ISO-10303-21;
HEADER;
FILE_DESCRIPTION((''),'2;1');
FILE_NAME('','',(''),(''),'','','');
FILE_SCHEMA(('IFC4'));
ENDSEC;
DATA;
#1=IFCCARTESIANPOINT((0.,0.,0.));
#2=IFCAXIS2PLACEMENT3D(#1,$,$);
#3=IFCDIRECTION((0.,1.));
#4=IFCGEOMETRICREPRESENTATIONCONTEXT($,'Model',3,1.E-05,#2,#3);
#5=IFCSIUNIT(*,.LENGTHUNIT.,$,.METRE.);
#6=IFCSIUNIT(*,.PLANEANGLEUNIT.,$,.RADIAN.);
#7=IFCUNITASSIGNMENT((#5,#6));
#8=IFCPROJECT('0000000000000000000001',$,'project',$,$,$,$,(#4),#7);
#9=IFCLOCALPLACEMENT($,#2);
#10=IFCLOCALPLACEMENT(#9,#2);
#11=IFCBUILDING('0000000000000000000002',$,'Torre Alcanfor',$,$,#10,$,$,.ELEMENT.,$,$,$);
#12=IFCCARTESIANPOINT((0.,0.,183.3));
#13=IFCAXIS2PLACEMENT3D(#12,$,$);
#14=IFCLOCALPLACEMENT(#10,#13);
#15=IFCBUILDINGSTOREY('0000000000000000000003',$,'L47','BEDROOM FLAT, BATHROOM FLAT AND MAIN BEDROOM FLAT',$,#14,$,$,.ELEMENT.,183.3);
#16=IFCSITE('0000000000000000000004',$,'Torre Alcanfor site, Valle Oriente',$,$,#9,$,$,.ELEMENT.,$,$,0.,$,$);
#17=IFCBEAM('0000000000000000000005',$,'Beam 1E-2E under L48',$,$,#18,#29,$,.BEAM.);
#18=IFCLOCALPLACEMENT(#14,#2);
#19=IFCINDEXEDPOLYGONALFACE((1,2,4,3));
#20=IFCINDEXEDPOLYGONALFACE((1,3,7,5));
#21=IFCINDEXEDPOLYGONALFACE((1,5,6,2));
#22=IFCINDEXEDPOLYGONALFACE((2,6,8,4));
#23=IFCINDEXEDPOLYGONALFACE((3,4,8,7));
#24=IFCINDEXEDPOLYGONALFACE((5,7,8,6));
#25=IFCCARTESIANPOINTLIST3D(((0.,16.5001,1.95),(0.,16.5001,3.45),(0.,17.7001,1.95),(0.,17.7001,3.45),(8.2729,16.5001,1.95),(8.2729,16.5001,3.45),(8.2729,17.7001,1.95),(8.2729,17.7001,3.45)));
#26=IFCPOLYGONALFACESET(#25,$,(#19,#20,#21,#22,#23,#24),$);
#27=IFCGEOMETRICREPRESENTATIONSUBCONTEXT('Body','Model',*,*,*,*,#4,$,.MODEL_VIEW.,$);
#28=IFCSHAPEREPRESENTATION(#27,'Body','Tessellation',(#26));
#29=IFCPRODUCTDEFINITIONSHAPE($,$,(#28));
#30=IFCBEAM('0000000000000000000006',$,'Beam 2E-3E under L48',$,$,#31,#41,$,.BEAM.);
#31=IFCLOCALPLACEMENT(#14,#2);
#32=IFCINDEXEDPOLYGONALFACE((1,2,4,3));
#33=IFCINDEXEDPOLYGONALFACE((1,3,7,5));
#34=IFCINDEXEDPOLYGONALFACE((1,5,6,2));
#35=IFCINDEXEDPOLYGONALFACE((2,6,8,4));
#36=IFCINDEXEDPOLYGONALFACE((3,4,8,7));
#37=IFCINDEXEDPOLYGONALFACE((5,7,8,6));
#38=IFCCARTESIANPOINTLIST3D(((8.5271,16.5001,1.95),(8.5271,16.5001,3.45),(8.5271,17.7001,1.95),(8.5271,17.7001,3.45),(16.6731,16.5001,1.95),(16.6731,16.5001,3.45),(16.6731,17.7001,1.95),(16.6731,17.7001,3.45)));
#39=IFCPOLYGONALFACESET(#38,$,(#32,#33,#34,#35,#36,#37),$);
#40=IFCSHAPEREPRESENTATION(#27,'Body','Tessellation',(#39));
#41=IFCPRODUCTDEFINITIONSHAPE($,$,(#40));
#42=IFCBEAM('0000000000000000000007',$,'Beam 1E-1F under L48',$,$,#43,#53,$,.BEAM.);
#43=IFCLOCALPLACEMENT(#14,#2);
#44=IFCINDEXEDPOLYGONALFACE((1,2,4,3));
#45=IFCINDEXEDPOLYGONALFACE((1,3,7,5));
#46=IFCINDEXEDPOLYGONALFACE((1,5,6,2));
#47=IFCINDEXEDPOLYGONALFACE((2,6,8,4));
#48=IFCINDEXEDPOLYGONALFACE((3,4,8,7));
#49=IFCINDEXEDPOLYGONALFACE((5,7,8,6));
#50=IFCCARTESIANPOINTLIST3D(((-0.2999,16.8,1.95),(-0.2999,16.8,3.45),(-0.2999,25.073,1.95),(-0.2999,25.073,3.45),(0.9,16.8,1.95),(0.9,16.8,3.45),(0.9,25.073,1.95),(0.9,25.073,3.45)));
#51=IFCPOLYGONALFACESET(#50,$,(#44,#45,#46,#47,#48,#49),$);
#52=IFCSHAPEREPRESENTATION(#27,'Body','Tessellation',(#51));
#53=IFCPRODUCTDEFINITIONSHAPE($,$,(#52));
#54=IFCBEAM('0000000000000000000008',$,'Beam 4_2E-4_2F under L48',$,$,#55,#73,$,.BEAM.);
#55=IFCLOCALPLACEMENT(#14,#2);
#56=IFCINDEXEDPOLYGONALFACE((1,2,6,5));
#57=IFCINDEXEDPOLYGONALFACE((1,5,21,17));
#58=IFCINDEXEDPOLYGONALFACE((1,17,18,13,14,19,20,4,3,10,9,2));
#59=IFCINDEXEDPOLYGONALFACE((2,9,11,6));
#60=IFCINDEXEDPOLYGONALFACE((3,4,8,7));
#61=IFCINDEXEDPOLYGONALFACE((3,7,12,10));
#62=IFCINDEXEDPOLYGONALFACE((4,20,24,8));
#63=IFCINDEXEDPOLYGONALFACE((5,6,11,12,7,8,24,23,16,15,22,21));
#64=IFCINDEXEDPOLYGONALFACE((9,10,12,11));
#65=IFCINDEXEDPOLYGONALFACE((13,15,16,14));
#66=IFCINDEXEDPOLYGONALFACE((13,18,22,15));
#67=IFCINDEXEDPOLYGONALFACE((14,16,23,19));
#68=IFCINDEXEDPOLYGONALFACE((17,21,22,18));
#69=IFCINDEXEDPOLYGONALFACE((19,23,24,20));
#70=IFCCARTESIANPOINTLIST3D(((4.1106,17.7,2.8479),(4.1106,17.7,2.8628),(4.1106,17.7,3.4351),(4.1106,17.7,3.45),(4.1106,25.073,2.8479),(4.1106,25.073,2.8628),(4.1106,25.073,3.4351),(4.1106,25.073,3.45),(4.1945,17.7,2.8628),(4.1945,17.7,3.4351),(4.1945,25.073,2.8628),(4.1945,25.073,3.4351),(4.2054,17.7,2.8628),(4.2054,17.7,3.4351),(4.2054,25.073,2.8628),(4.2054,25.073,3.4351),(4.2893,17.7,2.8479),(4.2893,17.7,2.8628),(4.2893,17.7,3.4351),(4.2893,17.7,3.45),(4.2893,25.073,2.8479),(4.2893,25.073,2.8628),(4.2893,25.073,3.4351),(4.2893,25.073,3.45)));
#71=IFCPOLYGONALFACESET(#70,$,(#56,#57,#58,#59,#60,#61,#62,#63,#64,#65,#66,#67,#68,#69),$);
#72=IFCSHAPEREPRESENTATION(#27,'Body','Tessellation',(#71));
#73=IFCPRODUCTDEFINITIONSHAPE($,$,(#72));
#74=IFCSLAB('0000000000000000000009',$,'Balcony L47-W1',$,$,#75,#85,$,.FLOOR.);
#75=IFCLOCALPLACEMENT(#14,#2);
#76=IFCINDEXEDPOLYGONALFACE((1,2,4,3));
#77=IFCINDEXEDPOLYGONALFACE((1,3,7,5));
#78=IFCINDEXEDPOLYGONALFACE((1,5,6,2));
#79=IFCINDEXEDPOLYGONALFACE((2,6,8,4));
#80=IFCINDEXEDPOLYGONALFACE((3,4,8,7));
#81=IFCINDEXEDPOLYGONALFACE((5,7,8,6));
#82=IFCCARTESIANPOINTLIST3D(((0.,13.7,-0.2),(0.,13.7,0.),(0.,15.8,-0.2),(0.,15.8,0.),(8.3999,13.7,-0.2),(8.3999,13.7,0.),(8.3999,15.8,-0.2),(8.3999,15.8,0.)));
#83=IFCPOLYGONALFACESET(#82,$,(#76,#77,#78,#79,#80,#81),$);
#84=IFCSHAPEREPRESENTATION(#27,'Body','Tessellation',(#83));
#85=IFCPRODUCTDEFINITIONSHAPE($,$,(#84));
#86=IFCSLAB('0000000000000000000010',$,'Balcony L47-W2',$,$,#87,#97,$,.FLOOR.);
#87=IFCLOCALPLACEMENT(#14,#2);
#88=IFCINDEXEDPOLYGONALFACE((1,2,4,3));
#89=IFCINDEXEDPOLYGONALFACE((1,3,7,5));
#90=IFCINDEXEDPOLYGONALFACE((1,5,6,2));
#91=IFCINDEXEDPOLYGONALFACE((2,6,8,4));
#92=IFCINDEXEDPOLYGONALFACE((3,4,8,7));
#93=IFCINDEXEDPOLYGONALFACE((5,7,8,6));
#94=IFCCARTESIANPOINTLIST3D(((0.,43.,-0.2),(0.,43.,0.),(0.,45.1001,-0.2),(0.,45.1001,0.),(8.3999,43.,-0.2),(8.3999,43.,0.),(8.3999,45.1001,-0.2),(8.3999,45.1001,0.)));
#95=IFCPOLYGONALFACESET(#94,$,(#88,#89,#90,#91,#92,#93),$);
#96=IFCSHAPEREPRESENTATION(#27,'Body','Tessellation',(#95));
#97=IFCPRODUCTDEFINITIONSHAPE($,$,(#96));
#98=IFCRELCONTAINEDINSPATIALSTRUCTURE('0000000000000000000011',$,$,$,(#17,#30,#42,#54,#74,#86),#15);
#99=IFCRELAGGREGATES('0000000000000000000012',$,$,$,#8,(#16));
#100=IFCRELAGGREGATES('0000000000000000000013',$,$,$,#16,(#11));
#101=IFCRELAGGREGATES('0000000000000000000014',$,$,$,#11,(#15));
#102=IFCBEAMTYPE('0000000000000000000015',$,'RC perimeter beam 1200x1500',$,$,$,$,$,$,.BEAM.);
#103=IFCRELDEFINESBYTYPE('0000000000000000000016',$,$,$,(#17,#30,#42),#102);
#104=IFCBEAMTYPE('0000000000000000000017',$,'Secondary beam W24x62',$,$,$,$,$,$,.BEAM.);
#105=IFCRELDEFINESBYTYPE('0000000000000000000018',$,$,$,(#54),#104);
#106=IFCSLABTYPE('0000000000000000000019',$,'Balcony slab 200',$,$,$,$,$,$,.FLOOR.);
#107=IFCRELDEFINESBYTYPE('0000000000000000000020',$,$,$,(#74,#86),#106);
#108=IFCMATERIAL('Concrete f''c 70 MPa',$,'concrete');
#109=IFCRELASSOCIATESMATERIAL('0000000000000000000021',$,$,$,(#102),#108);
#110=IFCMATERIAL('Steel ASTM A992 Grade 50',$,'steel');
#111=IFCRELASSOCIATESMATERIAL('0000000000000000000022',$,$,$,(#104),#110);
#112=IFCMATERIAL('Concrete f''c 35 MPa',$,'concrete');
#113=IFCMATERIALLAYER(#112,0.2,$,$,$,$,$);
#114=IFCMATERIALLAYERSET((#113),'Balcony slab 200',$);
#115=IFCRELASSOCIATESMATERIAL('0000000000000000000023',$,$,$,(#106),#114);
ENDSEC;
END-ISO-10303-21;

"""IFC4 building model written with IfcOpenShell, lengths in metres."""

from ifc_helpers import new_model, si_unit, direction, frame, origin, origin_2d, place, context, subcontext, project, spatial, polyline, rectangle, i_section, outline, extrude, material, layer, layer_set, material_profile, profile_set, type_object, element, save


model = new_model("IFC4")

# Units and contexts
model_context = context("Model", 3, precision=1e-05, world=origin(), true_north=direction((0.0, 1.0)))
body_context = subcontext(model_context, "Body", "Model", "MODEL_VIEW")
ifc_project = project(units=[si_unit("LENGTHUNIT", "METRE"), si_unit("PLANEANGLEUNIT", "RADIAN")], contexts=[model_context])

# Site, building, storey
site_placement = place(None, origin())
site = spatial("IfcSite", under=ifc_project, at=site_placement, Name="Torre Alcanfor site, Valle Oriente", CompositionType="ELEMENT", RefElevation=0.0)
building_placement = place(site_placement, origin())
building = spatial("IfcBuilding", under=site, at=building_placement, Name="Torre Alcanfor", CompositionType="ELEMENT")
storey_placement = place(building_placement, frame((0.0, 0.0, 183.3)))
storey = spatial("IfcBuildingStorey", under=building, at=storey_placement, Name="L47", Description="BEDROOM FLAT, BATHROOM FLAT AND MAIN BEDROOM FLAT", CompositionType="ELEMENT", Elevation=183.3)

# Beams
ifc_material_1 = material(Name="Concrete f'c 70 MPa", Category="concrete")
ifc_material_profile_1 = material_profile(ifc_material_1, rectangle(XDim=1.2, YDim=1.5, at=origin_2d()), Name="1200x1500")
ifc_profile_set_1 = profile_set([ifc_material_profile_1], Name="Concrete f'c 70 MPa")
beam_type_1 = type_object("IfcBeamType", Name="RC perimeter beam 1200x1500", PredefinedType="BEAM", material=ifc_profile_set_1)
beam_1_placement = place(storey_placement, frame((0.0, 17.1001, 2.7), z_axis=(1.0, 0.0, 0.0), x_axis=(0.0, 1.0, 0.0)))
element("IfcBeam", 1, at=beam_1_placement, inside=storey, type_object=beam_type_1, Name="Beam 1E-2E under L48", PredefinedType="BEAM", context=body_context, shape_type="SweptSolid", body=[
    extrude(rectangle(XDim=1.2, YDim=1.5, at=origin_2d()), origin(), (0.0, 0.0, 1.0), 8.2729),
])
beam_2_placement = place(storey_placement, frame((8.5271, 17.1001, 2.7), z_axis=(1.0, 0.0, 0.0), x_axis=(0.0, 1.0, 0.0)))
element("IfcBeam", 2, at=beam_2_placement, inside=storey, type_object=beam_type_1, Name="Beam 2E-3E under L48", PredefinedType="BEAM", context=body_context, shape_type="SweptSolid", body=[
    extrude(rectangle(XDim=1.2, YDim=1.5, at=origin_2d()), origin(), (0.0, 0.0, 1.0), 8.146),
])
beam_3_placement = place(storey_placement, frame((0.3, 16.8, 2.7), z_axis=(0.0, 1.0, 0.0), x_axis=(-1.0, 0.0, 0.0)))
element("IfcBeam", 3, at=beam_3_placement, inside=storey, type_object=beam_type_1, Name="Beam 1E-1F under L48", PredefinedType="BEAM", context=body_context, shape_type="SweptSolid", body=[
    extrude(rectangle(XDim=1.2, YDim=1.5, at=origin_2d()), origin(), (0.0, 0.0, 1.0), 8.2729),
])
ifc_material_2 = material(Name="Steel ASTM A992 Grade 50", Category="steel")
ifc_material_profile_2 = material_profile(ifc_material_2, i_section(OverallWidth=0.1787, OverallDepth=0.6021, WebThickness=0.011, FlangeThickness=0.0149, at=origin_2d()), Name="W24x62")
ifc_profile_set_2 = profile_set([ifc_material_profile_2], Name="Steel ASTM A992 Grade 50")
beam_type_2 = type_object("IfcBeamType", Name="Secondary beam W24x62", PredefinedType="BEAM", material=ifc_profile_set_2)
beam_4_placement = place(storey_placement, frame((4.2, 17.7, 3.1489), z_axis=(0.0, 1.0, 0.0), x_axis=(-1.0, 0.0, 0.0)))
element("IfcBeam", 4, at=beam_4_placement, inside=storey, type_object=beam_type_2, Name="Beam 4_2E-4_2F under L48", PredefinedType="BEAM", context=body_context, shape_type="SweptSolid", body=[
    extrude(i_section(OverallWidth=0.1787, OverallDepth=0.6021, WebThickness=0.011, FlangeThickness=0.0149, at=origin_2d()), origin(), (0.0, 0.0, 1.0), 7.373),
])

# Slabs
ifc_material_3 = material(Name="Concrete f'c 35 MPa", Category="concrete")
ifc_layer_1 = layer(ifc_material_3, 0.2)
ifc_layer_set_1 = layer_set([ifc_layer_1], Name="Balcony slab 200")
slab_type_1 = type_object("IfcSlabType", Name="Balcony slab 200", PredefinedType="FLOOR", material=ifc_layer_set_1)
slab_1_placement = place(storey_placement, frame((0.0, 0.0, -0.2)))
element("IfcSlab", 5, at=slab_1_placement, inside=storey, type_object=slab_type_1, Name="Balcony L47-W1", PredefinedType="FLOOR", context=body_context, shape_type="SweptSolid", body=[
    extrude(outline(polyline([(8.3999, 15.8), (0.0, 15.8), (0.0, 13.7), (8.3999, 13.7), (8.3999, 15.8)])), origin(), (0.0, 0.0, 1.0), 0.2),
])
slab_2_placement = place(storey_placement, frame((0.0, 0.0, -0.2)))
element("IfcSlab", 6, at=slab_2_placement, inside=storey, type_object=slab_type_1, Name="Balcony L47-W2", PredefinedType="FLOOR", context=body_context, shape_type="SweptSolid", body=[
    extrude(outline(polyline([(8.3999, 45.1001), (0.0, 45.1001), (0.0, 43.0), (8.3999, 43.0), (8.3999, 45.1001)])), origin(), (0.0, 0.0, 1.0), 0.2),
])

save(model, "model.ifc")
